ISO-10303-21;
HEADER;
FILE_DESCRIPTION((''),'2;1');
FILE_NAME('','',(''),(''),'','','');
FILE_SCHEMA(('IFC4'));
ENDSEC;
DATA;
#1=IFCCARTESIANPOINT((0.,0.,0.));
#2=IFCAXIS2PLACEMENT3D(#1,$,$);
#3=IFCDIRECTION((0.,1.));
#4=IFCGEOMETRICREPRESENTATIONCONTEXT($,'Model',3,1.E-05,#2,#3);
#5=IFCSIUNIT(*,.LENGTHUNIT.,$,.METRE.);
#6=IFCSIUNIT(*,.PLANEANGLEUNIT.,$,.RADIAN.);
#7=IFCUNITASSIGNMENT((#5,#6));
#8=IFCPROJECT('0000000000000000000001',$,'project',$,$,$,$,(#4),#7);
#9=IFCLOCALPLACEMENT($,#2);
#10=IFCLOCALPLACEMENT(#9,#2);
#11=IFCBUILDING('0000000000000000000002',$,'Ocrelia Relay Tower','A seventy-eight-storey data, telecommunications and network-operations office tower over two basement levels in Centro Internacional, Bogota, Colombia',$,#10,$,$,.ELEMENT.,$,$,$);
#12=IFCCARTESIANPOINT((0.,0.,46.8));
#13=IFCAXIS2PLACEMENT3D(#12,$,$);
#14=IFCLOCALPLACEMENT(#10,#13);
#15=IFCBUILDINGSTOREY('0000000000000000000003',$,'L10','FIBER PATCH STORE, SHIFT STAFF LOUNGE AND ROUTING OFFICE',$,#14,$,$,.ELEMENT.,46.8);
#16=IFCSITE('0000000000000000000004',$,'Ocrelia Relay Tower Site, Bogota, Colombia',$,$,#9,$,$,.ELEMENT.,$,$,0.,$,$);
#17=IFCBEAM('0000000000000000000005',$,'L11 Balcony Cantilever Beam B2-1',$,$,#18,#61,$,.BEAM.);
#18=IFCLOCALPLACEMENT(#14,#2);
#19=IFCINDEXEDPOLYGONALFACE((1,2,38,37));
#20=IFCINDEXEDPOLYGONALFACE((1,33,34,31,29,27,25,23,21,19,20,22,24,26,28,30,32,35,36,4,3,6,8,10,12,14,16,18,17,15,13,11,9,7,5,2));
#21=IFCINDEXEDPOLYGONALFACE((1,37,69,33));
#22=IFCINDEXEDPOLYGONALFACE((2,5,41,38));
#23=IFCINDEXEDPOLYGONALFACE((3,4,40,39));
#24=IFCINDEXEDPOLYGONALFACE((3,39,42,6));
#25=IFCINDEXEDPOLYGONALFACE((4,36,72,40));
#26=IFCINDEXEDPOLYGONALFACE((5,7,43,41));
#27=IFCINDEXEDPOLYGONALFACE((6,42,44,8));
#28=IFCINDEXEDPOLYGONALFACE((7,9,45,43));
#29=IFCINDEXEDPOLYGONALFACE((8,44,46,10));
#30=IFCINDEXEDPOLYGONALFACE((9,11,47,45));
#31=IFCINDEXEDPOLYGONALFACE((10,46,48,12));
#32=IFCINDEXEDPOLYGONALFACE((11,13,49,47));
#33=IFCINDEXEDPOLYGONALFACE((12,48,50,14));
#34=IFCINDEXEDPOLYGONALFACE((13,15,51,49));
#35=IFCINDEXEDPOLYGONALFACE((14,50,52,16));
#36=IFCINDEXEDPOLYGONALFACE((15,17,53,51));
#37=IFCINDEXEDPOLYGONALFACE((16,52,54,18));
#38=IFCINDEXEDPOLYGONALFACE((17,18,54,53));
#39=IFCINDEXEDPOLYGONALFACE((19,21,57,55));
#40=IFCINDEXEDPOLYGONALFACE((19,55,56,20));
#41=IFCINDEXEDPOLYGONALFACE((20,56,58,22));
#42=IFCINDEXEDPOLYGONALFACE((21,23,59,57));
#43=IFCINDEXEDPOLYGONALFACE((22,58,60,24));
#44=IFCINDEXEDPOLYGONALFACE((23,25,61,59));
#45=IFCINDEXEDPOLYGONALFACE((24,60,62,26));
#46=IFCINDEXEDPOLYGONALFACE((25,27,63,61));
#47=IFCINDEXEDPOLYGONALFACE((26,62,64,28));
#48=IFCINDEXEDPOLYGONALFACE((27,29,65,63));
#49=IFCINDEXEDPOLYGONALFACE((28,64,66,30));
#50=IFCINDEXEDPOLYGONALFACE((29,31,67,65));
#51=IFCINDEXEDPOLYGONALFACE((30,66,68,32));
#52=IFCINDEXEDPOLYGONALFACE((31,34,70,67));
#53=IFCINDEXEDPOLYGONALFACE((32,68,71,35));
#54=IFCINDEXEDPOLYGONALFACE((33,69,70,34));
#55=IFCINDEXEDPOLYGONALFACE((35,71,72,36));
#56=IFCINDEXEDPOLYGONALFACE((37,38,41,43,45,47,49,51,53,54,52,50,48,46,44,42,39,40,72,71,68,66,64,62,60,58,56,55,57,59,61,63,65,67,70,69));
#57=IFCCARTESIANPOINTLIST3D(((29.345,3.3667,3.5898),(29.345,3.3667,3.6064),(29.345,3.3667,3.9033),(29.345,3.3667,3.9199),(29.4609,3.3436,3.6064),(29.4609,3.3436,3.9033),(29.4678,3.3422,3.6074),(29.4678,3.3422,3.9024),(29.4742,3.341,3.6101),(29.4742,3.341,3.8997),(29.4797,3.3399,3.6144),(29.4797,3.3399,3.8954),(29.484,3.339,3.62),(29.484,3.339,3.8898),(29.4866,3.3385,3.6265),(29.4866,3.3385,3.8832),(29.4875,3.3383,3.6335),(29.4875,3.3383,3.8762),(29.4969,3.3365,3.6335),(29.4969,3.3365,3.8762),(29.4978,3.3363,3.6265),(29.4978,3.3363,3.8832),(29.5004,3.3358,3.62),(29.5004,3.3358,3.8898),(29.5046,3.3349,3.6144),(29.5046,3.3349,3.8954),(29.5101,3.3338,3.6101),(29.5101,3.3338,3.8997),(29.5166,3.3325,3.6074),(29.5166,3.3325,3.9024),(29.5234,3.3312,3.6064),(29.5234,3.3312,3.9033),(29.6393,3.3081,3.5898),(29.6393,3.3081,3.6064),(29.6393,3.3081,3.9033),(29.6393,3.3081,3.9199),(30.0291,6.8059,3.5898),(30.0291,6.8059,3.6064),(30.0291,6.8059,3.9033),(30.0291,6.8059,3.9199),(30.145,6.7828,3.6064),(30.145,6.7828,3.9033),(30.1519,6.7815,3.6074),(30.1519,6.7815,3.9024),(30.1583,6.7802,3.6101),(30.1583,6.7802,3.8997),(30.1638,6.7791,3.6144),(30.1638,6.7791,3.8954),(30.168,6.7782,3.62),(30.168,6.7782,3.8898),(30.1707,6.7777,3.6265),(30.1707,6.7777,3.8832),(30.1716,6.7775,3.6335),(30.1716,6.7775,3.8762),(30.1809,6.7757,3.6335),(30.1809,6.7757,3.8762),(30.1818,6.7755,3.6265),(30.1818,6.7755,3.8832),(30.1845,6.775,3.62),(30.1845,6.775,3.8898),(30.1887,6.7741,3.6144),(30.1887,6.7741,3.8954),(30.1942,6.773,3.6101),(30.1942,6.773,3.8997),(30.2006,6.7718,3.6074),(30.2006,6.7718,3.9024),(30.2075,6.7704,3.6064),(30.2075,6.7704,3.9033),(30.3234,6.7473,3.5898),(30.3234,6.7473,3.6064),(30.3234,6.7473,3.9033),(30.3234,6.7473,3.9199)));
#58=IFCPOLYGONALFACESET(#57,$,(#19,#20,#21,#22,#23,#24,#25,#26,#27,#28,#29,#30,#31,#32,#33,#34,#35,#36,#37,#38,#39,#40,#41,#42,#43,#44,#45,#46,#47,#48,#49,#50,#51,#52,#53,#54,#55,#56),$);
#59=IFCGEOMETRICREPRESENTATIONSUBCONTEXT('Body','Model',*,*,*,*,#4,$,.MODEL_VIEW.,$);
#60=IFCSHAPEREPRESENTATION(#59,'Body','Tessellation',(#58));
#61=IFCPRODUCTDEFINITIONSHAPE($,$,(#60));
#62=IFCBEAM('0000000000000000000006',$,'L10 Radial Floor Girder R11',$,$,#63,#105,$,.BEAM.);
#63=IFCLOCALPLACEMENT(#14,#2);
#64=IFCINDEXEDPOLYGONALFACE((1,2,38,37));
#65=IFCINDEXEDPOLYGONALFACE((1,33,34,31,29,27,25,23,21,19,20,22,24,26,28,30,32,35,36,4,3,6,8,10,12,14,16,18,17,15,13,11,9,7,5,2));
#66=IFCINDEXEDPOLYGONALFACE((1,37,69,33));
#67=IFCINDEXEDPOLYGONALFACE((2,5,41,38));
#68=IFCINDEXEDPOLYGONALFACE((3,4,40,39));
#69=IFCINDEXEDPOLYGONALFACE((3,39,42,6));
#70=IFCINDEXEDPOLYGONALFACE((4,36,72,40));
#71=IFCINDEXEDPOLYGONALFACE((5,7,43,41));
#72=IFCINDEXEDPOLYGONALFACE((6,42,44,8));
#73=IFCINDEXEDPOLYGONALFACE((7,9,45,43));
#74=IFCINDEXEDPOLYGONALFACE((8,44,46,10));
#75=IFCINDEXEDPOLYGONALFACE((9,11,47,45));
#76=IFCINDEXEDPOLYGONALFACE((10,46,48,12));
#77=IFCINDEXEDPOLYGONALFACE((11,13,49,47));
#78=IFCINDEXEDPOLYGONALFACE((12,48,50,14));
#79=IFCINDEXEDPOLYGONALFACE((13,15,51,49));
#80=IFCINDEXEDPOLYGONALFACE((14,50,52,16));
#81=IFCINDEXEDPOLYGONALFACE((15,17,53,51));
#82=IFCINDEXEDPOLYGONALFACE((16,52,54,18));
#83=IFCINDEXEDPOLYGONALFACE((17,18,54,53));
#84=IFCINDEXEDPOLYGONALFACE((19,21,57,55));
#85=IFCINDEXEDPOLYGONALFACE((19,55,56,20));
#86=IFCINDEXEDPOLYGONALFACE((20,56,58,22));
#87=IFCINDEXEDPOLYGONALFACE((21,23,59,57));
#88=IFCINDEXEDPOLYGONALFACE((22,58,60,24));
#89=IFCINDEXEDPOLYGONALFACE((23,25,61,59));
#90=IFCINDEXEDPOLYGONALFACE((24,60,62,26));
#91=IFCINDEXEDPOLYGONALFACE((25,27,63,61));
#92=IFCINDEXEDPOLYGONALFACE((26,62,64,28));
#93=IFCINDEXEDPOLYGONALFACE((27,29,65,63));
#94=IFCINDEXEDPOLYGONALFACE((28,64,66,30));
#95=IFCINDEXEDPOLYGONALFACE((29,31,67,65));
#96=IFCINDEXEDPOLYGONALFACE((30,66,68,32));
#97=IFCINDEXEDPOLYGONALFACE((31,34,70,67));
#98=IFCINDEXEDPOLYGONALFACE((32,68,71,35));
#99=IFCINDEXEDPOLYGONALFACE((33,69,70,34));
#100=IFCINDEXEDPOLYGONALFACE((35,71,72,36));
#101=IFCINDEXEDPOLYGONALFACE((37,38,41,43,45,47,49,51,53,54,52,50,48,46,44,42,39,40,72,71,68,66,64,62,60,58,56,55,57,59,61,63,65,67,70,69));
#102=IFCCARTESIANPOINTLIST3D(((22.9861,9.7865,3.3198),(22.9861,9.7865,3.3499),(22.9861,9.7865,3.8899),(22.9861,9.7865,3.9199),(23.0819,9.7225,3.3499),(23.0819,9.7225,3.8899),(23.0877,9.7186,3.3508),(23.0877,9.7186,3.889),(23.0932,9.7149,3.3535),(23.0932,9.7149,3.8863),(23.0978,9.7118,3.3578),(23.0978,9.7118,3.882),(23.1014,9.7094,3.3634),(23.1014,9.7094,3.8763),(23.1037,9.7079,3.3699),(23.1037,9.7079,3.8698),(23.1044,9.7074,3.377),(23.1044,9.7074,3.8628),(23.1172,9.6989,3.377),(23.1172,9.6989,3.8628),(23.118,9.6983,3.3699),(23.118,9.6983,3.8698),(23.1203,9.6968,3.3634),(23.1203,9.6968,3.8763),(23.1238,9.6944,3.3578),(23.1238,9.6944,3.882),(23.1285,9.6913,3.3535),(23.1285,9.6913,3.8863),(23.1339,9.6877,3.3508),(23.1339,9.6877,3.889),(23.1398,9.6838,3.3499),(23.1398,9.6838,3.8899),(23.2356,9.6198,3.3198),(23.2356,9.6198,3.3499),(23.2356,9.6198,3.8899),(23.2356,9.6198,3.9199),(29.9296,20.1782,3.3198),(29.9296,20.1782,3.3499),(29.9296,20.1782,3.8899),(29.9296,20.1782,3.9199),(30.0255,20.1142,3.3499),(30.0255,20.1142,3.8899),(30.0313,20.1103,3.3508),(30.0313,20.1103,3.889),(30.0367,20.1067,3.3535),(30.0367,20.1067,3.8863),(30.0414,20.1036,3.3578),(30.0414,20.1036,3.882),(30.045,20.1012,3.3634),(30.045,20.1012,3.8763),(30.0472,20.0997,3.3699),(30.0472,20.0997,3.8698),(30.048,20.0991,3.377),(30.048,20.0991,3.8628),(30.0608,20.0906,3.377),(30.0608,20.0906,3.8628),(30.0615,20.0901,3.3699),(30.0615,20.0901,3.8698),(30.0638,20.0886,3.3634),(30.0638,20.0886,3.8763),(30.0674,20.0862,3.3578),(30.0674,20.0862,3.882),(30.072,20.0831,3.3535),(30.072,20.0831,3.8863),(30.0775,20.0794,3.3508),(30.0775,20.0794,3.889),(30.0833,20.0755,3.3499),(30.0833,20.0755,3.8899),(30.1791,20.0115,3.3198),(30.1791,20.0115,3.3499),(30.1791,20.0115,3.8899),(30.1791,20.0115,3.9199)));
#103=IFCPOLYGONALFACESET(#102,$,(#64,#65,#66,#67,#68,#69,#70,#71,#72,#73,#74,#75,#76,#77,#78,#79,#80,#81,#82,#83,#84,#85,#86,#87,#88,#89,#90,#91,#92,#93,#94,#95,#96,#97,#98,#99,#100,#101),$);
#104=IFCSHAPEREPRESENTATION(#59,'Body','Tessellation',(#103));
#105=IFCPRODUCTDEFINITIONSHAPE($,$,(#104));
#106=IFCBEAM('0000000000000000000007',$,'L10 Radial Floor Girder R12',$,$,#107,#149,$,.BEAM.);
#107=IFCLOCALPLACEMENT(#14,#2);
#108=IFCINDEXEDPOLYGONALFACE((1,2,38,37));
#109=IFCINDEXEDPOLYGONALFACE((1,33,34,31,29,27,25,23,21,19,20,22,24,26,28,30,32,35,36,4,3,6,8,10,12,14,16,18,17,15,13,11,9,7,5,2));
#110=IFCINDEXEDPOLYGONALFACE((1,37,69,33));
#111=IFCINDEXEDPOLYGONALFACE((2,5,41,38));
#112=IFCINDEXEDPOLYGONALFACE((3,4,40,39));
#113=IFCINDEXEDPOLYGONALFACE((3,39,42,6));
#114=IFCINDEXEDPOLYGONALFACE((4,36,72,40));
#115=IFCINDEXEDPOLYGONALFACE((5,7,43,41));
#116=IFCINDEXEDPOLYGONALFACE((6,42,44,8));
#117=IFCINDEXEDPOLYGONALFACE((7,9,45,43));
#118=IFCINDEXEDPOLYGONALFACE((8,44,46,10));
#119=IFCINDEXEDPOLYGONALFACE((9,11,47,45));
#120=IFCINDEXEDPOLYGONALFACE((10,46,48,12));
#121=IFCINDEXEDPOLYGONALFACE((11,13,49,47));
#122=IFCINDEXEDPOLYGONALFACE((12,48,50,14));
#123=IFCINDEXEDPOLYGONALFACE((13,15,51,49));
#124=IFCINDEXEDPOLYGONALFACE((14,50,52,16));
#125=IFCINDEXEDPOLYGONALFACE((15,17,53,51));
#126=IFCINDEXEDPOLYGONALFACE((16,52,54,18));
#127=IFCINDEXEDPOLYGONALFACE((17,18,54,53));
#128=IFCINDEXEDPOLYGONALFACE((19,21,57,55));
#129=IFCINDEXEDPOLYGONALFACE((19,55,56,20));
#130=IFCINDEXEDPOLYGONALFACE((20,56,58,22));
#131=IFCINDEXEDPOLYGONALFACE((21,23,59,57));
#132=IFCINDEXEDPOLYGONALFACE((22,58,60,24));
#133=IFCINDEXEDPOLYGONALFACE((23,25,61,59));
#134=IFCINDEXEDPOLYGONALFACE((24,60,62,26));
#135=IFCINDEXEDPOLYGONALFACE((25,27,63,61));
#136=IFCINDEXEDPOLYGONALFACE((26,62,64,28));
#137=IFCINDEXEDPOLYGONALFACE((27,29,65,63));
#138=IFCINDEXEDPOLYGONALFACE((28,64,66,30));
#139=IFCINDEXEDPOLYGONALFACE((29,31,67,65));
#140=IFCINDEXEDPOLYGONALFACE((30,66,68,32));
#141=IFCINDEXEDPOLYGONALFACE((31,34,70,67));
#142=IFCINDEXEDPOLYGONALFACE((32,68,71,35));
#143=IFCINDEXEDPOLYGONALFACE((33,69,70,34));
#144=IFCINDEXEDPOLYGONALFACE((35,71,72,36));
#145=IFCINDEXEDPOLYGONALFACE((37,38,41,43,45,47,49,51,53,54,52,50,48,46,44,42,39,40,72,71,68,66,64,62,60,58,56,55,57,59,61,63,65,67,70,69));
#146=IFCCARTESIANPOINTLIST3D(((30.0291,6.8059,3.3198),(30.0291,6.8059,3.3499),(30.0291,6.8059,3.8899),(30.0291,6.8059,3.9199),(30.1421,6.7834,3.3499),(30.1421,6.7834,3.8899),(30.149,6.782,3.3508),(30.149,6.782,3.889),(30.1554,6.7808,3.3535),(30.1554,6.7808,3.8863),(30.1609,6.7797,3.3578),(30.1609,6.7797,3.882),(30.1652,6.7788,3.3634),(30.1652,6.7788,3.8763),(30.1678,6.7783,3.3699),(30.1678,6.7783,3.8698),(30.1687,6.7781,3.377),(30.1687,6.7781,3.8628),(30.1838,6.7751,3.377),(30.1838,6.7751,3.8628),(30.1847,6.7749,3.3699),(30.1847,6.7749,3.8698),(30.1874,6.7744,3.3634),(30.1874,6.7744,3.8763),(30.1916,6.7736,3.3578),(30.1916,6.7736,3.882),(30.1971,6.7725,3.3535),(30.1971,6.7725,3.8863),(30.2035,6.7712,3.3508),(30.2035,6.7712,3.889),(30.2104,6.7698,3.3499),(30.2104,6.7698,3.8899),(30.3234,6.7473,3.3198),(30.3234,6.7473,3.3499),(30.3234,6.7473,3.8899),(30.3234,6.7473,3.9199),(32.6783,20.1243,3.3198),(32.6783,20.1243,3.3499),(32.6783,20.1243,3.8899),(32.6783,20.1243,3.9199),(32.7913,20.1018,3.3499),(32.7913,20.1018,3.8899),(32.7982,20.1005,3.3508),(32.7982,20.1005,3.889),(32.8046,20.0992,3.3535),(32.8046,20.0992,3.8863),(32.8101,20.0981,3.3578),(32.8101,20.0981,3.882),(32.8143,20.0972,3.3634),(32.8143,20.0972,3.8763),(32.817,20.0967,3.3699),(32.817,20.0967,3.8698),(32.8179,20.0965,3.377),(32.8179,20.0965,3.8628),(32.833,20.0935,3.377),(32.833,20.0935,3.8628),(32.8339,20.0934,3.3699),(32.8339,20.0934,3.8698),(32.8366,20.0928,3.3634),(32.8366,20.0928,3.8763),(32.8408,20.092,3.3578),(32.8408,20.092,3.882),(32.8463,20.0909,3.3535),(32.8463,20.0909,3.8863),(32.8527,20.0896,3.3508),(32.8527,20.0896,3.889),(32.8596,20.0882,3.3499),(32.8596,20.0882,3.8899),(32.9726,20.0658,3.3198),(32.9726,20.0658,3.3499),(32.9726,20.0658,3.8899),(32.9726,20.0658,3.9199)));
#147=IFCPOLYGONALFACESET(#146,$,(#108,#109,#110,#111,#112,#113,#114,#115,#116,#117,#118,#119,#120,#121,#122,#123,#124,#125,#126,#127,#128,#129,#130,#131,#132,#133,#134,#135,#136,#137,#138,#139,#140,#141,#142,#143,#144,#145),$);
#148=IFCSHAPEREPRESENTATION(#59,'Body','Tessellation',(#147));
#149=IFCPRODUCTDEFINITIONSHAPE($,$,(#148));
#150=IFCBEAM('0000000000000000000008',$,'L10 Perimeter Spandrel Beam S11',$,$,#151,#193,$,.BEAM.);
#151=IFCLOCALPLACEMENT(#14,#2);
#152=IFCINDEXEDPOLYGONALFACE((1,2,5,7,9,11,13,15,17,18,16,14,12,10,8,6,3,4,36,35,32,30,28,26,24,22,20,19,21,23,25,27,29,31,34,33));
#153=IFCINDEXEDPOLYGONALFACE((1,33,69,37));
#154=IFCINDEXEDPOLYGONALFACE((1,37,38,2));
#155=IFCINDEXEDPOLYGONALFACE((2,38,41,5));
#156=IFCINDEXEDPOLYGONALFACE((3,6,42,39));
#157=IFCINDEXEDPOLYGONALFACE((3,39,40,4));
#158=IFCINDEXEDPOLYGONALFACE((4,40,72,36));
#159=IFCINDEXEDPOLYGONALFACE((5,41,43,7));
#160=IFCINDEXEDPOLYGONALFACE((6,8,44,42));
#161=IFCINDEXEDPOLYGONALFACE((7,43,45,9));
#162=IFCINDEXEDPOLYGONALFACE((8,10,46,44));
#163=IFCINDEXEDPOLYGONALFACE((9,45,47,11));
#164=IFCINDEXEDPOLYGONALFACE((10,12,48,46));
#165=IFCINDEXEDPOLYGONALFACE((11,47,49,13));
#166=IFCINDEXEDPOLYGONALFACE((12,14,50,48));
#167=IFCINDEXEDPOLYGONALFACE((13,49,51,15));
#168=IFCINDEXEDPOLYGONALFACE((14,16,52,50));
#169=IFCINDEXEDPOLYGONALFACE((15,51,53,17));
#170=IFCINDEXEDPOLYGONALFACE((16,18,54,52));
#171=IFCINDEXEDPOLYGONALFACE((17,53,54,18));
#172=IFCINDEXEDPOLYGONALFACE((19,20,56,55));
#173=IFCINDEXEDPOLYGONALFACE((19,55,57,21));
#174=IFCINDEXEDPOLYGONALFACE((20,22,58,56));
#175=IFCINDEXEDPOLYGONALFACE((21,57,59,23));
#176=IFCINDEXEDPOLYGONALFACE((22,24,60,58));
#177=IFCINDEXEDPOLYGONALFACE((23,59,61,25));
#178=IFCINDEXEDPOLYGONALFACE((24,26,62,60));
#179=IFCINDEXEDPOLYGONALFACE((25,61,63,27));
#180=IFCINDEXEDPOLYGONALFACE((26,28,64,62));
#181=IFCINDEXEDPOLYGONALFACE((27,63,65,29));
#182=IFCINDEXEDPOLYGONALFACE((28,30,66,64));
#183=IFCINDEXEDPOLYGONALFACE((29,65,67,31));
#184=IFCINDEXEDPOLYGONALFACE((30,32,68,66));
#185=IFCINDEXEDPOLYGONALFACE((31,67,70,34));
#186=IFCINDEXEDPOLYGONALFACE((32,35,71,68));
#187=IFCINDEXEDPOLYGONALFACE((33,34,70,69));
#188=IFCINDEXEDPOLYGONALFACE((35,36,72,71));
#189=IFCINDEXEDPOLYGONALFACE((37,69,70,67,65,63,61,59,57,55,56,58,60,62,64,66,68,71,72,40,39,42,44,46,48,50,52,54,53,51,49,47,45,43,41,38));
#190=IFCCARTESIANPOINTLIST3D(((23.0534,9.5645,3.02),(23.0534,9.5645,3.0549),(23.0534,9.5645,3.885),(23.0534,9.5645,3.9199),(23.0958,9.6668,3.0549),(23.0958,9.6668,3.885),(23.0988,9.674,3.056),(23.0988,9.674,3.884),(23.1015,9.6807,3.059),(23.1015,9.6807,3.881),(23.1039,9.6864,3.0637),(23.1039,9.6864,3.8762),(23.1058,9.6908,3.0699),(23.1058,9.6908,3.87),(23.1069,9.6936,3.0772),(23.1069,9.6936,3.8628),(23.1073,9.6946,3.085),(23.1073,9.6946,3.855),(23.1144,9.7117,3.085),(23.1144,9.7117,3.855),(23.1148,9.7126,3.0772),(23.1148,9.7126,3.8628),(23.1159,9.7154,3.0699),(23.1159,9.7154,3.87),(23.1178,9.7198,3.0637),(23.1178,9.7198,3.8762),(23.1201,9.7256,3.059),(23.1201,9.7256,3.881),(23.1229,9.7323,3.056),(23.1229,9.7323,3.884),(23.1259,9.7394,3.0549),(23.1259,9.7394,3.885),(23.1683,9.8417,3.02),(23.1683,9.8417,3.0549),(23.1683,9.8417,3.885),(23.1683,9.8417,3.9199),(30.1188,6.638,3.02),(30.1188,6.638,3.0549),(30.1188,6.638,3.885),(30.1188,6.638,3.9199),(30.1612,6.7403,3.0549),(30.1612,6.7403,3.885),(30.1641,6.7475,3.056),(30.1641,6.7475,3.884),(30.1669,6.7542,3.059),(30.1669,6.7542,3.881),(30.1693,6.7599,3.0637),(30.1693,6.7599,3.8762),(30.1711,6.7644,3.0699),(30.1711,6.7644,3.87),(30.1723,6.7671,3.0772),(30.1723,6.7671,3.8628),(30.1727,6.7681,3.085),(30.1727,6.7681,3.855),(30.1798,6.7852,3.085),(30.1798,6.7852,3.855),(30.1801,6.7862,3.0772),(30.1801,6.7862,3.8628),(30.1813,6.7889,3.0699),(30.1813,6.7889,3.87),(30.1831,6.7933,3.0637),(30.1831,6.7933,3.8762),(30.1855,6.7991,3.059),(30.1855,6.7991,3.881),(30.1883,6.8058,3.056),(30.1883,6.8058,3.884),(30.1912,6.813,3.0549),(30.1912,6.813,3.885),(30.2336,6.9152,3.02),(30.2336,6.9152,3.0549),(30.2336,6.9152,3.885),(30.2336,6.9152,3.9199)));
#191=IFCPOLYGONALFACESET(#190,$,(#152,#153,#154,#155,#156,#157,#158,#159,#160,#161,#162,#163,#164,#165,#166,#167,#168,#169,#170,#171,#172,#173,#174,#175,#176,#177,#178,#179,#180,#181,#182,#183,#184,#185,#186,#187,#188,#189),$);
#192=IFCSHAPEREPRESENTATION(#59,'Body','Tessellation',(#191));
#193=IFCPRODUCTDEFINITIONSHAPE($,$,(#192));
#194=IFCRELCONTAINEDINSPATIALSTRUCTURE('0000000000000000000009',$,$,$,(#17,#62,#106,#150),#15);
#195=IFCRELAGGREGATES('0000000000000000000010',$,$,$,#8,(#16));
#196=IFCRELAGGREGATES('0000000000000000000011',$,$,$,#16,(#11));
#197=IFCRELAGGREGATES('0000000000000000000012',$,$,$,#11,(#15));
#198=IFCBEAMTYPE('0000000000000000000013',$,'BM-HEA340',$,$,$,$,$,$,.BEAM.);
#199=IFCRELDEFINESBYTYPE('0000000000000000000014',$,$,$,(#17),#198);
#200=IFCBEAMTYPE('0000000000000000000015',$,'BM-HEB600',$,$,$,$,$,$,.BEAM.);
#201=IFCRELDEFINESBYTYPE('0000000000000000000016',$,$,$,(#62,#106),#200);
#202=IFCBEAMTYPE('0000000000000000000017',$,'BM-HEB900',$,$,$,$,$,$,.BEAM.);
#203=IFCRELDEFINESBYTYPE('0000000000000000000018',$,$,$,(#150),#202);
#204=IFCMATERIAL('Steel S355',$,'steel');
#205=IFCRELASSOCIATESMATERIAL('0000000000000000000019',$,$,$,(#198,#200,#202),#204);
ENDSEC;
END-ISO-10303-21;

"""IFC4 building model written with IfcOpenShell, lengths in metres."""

from ifc_helpers import new_model, si_unit, direction, frame, origin, origin_2d, place, context, subcontext, project, spatial, i_section, extrude, material, material_profile, profile_set, type_object, element, save


model = new_model("IFC4")

# Units and contexts
model_context = context("Model", 3, precision=1e-05, world=origin(), true_north=direction((0.0, 1.0)))
body_context = subcontext(model_context, "Body", "Model", "MODEL_VIEW")
ifc_project = project(units=[si_unit("LENGTHUNIT", "METRE"), si_unit("PLANEANGLEUNIT", "RADIAN")], contexts=[model_context])

# Site, building, storey
site_placement = place(None, origin())
site = spatial("IfcSite", under=ifc_project, at=site_placement, Name="Ocrelia Relay Tower Site, Bogota, Colombia", CompositionType="ELEMENT", RefElevation=0.0)
building_placement = place(site_placement, origin())
building = spatial("IfcBuilding", under=site, at=building_placement, Name="Ocrelia Relay Tower", Description="A seventy-eight-storey data, telecommunications and network-operations office tower over two basement levels in Centro Internacional, Bogota, Colombia", CompositionType="ELEMENT")
storey_placement = place(building_placement, frame((0.0, 0.0, 46.8)))
storey = spatial("IfcBuildingStorey", under=building, at=storey_placement, Name="L10", Description="FIBER PATCH STORE, SHIFT STAFF LOUNGE AND ROUTING OFFICE", CompositionType="ELEMENT", Elevation=46.8)

# Beams
ifc_material_1 = material(Name="Steel S355", Category="steel")
ifc_material_profile_1 = material_profile(ifc_material_1, i_section(OverallWidth=0.3, OverallDepth=0.3301, WebThickness=0.0095, FlangeThickness=0.0166, FilletRadius=0.0271, at=origin_2d()), Name="HEA 340")
ifc_profile_set_1 = profile_set([ifc_material_profile_1], Name="Steel S355")
beam_type_1 = type_object("IfcBeamType", Name="BM-HEA340", PredefinedType="BEAM", material=ifc_profile_set_1)
beam_1_placement = place(storey_placement, frame((30.1763, 6.7766, 3.7549), z_axis=(-0.195085, -0.980786, 0.0), x_axis=(0.980786, -0.195085, 0.0)))
element("IfcBeam", 1, at=beam_1_placement, inside=storey, type_object=beam_type_1, Name="L11 Balcony Cantilever Beam B2-1", PredefinedType="BEAM", context=body_context, shape_type="SweptSolid", body=[
    extrude(i_section(OverallWidth=0.3, OverallDepth=0.3301, WebThickness=0.0095, FlangeThickness=0.0166, FilletRadius=0.0271, at=origin_2d()), origin(), (0.0, 0.0, 1.0), 3.5066),
])
ifc_material_profile_2 = material_profile(ifc_material_1, i_section(OverallWidth=0.3, OverallDepth=0.6001, WebThickness=0.0154, FlangeThickness=0.03, FilletRadius=0.0271, at=origin_2d()), Name="HEB 600")
ifc_profile_set_2 = profile_set([ifc_material_profile_2], Name="Steel S355")
beam_type_2 = type_object("IfcBeamType", Name="BM-HEB600", PredefinedType="BEAM", material=ifc_profile_set_2)
beam_2_placement = place(storey_placement, frame((23.1108, 9.7031, 3.6199), z_axis=(0.55557, 0.83147, 0.0), x_axis=(-0.83147, 0.55557, 0.0)))
element("IfcBeam", 2, at=beam_2_placement, inside=storey, type_object=beam_type_2, Name="L10 Radial Floor Girder R11", PredefinedType="BEAM", context=body_context, shape_type="SweptSolid", body=[
    extrude(i_section(OverallWidth=0.3, OverallDepth=0.6001, WebThickness=0.0154, FlangeThickness=0.03, FilletRadius=0.0271, at=origin_2d()), origin(), (0.0, 0.0, 1.0), 12.498),
])
beam_3_placement = place(storey_placement, frame((30.1763, 6.7766, 3.6199), z_axis=(0.195089, 0.980786, 0.0), x_axis=(-0.980786, 0.195089, 0.0)))
element("IfcBeam", 3, at=beam_3_placement, inside=storey, type_object=beam_type_2, Name="L10 Radial Floor Girder R12", PredefinedType="BEAM", context=body_context, shape_type="SweptSolid", body=[
    extrude(i_section(OverallWidth=0.3, OverallDepth=0.6001, WebThickness=0.0154, FlangeThickness=0.03, FilletRadius=0.0271, at=origin_2d()), origin(), (0.0, 0.0, 1.0), 13.5793),
])
ifc_material_profile_3 = material_profile(ifc_material_1, i_section(OverallWidth=0.3, OverallDepth=0.8999, WebThickness=0.0186, FlangeThickness=0.0349, FilletRadius=0.03, at=origin_2d()), Name="HEB 900")
ifc_profile_set_3 = profile_set([ifc_material_profile_3], Name="Steel S355")
beam_type_3 = type_object("IfcBeamType", Name="BM-HEB900", PredefinedType="BEAM", material=ifc_profile_set_3)
for number, where, z_axis, x_axis, name in (
    (4, (23.1108, 9.7031, 3.47), (0.923883, -0.382674, 0.0), (0.382674, 0.923883, 0.0), "L10 Perimeter Spandrel Beam S11"),
):
    element("IfcBeam", number, at=place(storey_placement, frame(where, z_axis=z_axis, x_axis=x_axis)), inside=storey, type_object=beam_type_3, Name=name, PredefinedType="BEAM", context=body_context, shape_type="SweptSolid", body=[
        extrude(i_section(OverallWidth=0.3, OverallDepth=0.8999, WebThickness=0.0186, FlangeThickness=0.0349, FilletRadius=0.03, at=origin_2d()), origin(), (0.0, 0.0, 1.0), 7.6475),
    ])

save(model, "model.ifc")
